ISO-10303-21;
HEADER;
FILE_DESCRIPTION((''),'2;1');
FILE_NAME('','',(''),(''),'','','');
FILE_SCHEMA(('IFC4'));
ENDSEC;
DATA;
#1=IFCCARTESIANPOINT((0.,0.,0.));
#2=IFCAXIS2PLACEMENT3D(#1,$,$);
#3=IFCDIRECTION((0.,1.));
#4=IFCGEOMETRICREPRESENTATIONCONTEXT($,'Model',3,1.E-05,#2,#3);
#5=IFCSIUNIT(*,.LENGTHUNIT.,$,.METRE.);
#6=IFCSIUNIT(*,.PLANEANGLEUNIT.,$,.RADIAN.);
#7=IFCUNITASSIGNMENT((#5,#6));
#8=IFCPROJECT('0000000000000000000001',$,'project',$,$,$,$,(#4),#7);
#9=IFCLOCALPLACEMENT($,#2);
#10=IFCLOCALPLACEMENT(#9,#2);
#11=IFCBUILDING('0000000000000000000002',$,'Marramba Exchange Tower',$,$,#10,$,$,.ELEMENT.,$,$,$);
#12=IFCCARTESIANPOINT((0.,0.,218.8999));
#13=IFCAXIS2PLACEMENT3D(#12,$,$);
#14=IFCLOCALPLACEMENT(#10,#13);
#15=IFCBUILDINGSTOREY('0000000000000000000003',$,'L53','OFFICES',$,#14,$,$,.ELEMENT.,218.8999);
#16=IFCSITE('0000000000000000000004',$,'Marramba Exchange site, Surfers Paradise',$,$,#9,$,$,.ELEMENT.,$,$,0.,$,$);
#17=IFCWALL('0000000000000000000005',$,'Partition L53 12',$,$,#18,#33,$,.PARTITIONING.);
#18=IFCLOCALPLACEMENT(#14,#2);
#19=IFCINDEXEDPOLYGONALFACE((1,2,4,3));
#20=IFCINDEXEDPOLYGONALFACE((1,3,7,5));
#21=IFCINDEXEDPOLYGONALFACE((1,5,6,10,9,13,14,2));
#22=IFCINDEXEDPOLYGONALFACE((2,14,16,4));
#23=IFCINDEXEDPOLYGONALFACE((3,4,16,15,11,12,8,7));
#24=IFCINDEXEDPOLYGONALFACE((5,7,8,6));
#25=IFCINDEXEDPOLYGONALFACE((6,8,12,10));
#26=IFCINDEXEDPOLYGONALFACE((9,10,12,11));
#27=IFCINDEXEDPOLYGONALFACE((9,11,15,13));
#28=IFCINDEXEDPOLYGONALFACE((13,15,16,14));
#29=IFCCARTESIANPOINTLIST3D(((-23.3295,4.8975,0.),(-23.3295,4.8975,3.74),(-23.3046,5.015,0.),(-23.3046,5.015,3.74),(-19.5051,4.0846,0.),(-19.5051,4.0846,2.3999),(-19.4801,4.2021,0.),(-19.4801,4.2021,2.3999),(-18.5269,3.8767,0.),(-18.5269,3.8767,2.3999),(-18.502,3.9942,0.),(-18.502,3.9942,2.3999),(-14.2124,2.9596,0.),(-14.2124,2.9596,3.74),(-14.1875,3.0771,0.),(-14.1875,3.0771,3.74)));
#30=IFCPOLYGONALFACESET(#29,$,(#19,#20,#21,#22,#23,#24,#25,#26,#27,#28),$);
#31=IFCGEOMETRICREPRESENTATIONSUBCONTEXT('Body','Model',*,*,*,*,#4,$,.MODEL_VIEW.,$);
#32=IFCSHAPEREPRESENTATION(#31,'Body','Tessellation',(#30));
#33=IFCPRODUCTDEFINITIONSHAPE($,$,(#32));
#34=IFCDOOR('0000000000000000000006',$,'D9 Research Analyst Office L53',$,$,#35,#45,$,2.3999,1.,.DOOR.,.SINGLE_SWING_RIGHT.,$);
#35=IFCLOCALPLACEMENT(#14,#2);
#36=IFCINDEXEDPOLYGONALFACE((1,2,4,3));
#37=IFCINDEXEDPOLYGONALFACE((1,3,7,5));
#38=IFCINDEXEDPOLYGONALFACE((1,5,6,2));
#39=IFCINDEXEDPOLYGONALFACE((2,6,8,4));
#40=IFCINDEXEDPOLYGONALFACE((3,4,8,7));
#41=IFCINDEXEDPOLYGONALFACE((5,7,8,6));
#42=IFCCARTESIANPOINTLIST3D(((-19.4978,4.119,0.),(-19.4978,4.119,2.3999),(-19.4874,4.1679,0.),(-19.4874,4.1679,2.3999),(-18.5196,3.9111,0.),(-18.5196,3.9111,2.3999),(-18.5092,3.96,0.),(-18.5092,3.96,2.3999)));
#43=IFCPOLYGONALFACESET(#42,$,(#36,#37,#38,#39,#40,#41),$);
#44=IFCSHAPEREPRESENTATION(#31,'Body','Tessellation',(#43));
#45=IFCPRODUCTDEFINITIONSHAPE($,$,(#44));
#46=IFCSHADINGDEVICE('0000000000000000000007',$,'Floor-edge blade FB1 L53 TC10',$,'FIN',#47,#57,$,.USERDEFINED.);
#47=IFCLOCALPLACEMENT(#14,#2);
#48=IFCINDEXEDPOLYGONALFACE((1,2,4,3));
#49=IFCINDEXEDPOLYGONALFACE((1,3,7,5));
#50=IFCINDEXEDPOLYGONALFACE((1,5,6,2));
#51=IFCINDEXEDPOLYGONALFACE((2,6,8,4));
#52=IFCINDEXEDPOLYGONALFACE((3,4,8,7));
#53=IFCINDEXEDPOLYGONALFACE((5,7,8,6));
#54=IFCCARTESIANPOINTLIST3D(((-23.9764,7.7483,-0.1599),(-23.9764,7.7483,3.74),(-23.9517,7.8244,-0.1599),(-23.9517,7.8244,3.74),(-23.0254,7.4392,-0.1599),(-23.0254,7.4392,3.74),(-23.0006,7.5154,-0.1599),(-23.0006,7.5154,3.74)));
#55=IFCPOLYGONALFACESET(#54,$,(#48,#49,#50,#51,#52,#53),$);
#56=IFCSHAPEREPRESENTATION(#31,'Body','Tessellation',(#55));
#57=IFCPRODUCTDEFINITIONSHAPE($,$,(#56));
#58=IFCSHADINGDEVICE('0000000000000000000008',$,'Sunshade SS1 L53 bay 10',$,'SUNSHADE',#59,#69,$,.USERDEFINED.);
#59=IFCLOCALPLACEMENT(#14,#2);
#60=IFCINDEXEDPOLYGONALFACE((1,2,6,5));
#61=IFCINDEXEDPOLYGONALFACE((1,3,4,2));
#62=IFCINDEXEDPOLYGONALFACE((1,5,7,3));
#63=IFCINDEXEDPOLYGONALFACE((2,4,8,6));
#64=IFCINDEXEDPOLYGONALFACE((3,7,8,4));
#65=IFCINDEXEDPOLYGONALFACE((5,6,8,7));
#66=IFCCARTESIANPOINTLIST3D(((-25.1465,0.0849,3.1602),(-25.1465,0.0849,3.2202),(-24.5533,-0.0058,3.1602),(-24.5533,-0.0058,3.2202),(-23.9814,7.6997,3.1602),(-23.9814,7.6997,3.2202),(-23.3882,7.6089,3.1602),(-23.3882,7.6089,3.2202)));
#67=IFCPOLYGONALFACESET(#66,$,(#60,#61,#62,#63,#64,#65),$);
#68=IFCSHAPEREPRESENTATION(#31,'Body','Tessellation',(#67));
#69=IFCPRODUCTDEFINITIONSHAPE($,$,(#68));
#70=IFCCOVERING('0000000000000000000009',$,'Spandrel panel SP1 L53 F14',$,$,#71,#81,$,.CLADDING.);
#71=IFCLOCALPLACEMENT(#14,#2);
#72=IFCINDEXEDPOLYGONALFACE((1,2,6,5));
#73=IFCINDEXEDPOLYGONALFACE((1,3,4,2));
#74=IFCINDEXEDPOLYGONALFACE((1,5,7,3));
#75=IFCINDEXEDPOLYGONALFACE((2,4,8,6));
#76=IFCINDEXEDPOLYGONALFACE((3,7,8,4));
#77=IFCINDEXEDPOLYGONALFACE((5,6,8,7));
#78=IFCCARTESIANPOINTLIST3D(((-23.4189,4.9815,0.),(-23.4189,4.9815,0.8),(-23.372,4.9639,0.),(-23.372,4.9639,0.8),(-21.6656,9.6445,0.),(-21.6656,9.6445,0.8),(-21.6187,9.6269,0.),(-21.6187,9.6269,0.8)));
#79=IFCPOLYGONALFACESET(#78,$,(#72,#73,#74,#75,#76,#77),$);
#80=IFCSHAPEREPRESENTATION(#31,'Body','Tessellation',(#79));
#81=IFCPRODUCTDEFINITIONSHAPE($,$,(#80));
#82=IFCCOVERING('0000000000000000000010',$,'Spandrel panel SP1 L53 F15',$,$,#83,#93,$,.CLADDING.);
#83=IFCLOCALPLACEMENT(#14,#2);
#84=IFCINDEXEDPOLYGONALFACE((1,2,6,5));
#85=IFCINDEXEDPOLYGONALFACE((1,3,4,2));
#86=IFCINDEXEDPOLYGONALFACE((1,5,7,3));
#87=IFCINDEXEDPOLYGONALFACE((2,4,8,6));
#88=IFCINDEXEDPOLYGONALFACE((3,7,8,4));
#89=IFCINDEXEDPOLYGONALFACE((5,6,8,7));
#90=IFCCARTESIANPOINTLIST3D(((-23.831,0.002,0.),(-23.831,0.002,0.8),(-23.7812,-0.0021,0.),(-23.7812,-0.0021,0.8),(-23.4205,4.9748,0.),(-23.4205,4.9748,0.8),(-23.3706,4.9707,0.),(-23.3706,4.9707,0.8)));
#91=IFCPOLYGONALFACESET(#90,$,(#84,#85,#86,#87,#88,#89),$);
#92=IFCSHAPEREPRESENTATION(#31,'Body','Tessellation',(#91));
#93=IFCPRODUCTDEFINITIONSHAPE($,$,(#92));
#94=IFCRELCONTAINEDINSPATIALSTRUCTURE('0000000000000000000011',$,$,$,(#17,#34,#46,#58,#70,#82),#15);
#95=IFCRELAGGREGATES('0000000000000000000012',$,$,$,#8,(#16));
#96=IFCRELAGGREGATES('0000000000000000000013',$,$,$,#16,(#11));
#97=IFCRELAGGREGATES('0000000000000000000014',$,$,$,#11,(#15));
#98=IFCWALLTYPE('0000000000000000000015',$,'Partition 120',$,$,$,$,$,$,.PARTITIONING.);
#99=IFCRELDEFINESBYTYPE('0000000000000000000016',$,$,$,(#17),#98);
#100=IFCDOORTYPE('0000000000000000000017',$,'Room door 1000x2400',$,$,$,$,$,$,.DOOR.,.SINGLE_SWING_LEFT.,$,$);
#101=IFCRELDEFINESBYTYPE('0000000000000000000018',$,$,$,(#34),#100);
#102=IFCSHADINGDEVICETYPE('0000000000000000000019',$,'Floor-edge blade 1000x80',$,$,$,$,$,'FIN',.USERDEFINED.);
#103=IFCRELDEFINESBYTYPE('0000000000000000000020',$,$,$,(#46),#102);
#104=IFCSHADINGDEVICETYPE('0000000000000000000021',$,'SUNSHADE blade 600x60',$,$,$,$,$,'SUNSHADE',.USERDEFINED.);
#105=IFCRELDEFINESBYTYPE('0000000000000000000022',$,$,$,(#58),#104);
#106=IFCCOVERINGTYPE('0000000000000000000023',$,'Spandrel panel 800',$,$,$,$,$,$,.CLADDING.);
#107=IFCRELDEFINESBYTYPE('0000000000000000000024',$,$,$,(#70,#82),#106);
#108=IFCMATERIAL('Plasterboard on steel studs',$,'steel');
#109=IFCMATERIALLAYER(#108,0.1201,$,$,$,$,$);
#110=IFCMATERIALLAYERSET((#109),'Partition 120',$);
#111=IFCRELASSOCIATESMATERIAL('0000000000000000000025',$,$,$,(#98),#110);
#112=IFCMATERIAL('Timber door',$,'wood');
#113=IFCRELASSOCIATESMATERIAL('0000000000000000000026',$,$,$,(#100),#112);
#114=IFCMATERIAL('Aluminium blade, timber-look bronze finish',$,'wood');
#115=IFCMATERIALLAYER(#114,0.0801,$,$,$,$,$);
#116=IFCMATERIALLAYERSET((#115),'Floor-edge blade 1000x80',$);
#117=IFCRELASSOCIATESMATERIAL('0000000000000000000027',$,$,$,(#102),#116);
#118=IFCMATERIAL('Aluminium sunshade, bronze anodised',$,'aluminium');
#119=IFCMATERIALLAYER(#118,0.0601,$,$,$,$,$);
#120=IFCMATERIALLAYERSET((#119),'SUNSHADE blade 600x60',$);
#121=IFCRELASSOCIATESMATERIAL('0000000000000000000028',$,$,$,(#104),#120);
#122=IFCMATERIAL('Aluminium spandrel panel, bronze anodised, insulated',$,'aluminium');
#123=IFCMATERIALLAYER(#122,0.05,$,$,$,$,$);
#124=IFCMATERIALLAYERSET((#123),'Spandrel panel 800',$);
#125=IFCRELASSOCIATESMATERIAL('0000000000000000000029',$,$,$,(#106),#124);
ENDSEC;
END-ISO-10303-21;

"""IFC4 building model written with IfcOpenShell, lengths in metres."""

from ifc_helpers import new_model, si_unit, direction, frame, frame_2d, origin, origin_2d, place, context, subcontext, project, spatial, rectangle, extrude, material, layer, layer_set, type_object, element, fill, save


model = new_model("IFC4")

# Units and contexts
model_context = context("Model", 3, precision=1e-05, world=origin(), true_north=direction((0.0, 1.0)))
body_context = subcontext(model_context, "Body", "Model", "MODEL_VIEW")
ifc_project = project(units=[si_unit("LENGTHUNIT", "METRE"), si_unit("PLANEANGLEUNIT", "RADIAN")], contexts=[model_context])

# Site, building, storey
site_placement = place(None, origin())
site = spatial("IfcSite", under=ifc_project, at=site_placement, Name="Marramba Exchange site, Surfers Paradise", CompositionType="ELEMENT", RefElevation=0.0)
building_placement = place(site_placement, origin())
building = spatial("IfcBuilding", under=site, at=building_placement, Name="Marramba Exchange Tower", CompositionType="ELEMENT")
storey_placement = place(building_placement, frame((0.0, 0.0, 218.8999)))
storey = spatial("IfcBuildingStorey", under=building, at=storey_placement, Name="L53", Description="OFFICES", CompositionType="ELEMENT", Elevation=218.8999)

# Wall, opening, door
ifc_material_1 = material(Name="Plasterboard on steel studs", Category="steel")
ifc_layer_1 = layer(ifc_material_1, 0.1201)
ifc_layer_set_1 = layer_set([ifc_layer_1], Name="Partition 120")
wall_type_1 = type_object("IfcWallType", Name="Partition 120", PredefinedType="PARTITIONING", material=ifc_layer_set_1)
wall_1_placement = place(storey_placement, frame((-14.2, 3.0183, 0.0), z_axis=(0.0, 0.0, 1.0), x_axis=(-0.978146, 0.207919, 0.0)))
wall_1 = element("IfcWall", 1, at=wall_1_placement, inside=storey, type_object=wall_type_1, Name="Partition L53 12", PredefinedType="PARTITIONING", context=body_context, shape_type="SweptSolid", body=[
    extrude(rectangle(XDim=9.3208, YDim=0.1201, at=frame_2d((4.6604, 0.0))), origin(), (0.0, 0.0, 1.0), 3.74),
])
opening_1_placement = place(wall_1_placement, frame((4.4109, 0.0, 0.0)))
opening_1 = element("IfcOpeningElement", 2, at=opening_1_placement, cuts=wall_1, PredefinedType="OPENING", context=body_context, shape_type="SweptSolid", body=[
    extrude(rectangle(XDim=1.0, YDim=2.3999, at=frame_2d((0.5, 1.2))), frame((0.0, 0.0701, 0.0), z_axis=(0.0, -1.0, 0.0), x_axis=(1.0, 0.0, 0.0)), (0.0, 0.0, 1.0), 0.1401),
])
ifc_material_2 = material(Name="Timber door", Category="wood")
door_type_1 = type_object("IfcDoorType", Name="Room door 1000x2400", OperationType="SINGLE_SWING_LEFT", PredefinedType="DOOR", material=ifc_material_2)
door_1_placement = place(opening_1_placement, origin())
door_1 = element("IfcDoor", 3, at=door_1_placement, inside=storey, type_object=door_type_1, Name="D9 Research Analyst Office L53", OperationType="SINGLE_SWING_RIGHT", OverallHeight=2.3999, OverallWidth=1.0, PredefinedType="DOOR", context=body_context, shape_type="SweptSolid", body=[
    extrude(rectangle(XDim=1.0, YDim=2.3999, at=frame_2d((0.5, 1.2))), frame((0.0, 0.0249, 0.0), z_axis=(0.0, -1.0, 0.0), x_axis=(1.0, 0.0, 0.0)), (0.0, 0.0, 1.0), 0.05),
])
fill(opening_1, door_1)

# Shading devices
ifc_material_3 = material(Name="Aluminium blade, timber-look bronze finish", Category="wood")
ifc_layer_2 = layer(ifc_material_3, 0.0801)
ifc_layer_set_2 = layer_set([ifc_layer_2], Name="Floor-edge blade 1000x80")
shading_device_type_1 = type_object("IfcShadingDeviceType", Name="Floor-edge blade 1000x80", ElementType="FIN", PredefinedType="USERDEFINED", material=ifc_layer_set_2)
shading_device_1_placement = place(storey_placement, frame((-23.4885, 7.6318, -0.1599), z_axis=(0.0, 0.0, 1.0), x_axis=(-0.951057, 0.309017, 0.0)))
element("IfcShadingDevice", 4, at=shading_device_1_placement, inside=storey, type_object=shading_device_type_1, Name="Floor-edge blade FB1 L53 TC10", ObjectType="FIN", PredefinedType="USERDEFINED", context=body_context, shape_type="SweptSolid", body=[
    extrude(rectangle(XDim=1.0, YDim=0.0801, at=origin_2d()), origin(), (0.0, 0.0, 1.0), 3.8999),
])
ifc_material_4 = material(Name="Aluminium sunshade, bronze anodised", Category="aluminium")
ifc_layer_3 = layer(ifc_material_4, 0.0601)
ifc_layer_set_3 = layer_set([ifc_layer_3], Name="SUNSHADE blade 600x60")
shading_device_type_2 = type_object("IfcShadingDeviceType", Name="SUNSHADE blade 600x60", ElementType="SUNSHADE", PredefinedType="USERDEFINED", material=ifc_layer_set_3)
shading_device_2_placement = place(storey_placement, frame((-24.2673, 3.8469, 3.1602), z_axis=(0.0, 0.0, 1.0), x_axis=(-0.151241, -0.988497, 0.0)))
element("IfcShadingDevice", 5, at=shading_device_2_placement, inside=storey, type_object=shading_device_type_2, Name="Sunshade SS1 L53 bay 10", ObjectType="SUNSHADE", PredefinedType="USERDEFINED", context=body_context, shape_type="SweptSolid", body=[
    extrude(rectangle(XDim=7.7034, YDim=0.6001, at=origin_2d()), origin(), (0.0, 0.0, 1.0), 0.0601),
])

# Coverings
ifc_material_5 = material(Name="Aluminium spandrel panel, bronze anodised, insulated", Category="aluminium")
ifc_layer_4 = layer(ifc_material_5, 0.05)
ifc_layer_set_4 = layer_set([ifc_layer_4], Name="Spandrel panel 800")
covering_type = type_object("IfcCoveringType", Name="Spandrel panel 800", PredefinedType="CLADDING", material=ifc_layer_set_4)
covering_1_placement = place(storey_placement, frame((-22.5188, 7.3042, 0.0), z_axis=(0.0, 0.0, 1.0), x_axis=(-0.351952, -0.936018, 0.0)))
element("IfcCovering", 6, at=covering_1_placement, inside=storey, type_object=covering_type, Name="Spandrel panel SP1 L53 F14", PredefinedType="CLADDING", context=body_context, shape_type="SweptSolid", body=[
    extrude(rectangle(XDim=4.9817, YDim=0.05, at=origin_2d()), origin(), (0.0, 0.0, 1.0), 0.8),
])
covering_2_placement = place(storey_placement, frame((-23.6008, 2.4863, 0.0), z_axis=(0.0, 0.0, 1.0), x_axis=(-0.082281, -0.996609, 0.0)))
element("IfcCovering", 7, at=covering_2_placement, inside=storey, type_object=covering_type, Name="Spandrel panel SP1 L53 F15", PredefinedType="CLADDING", context=body_context, shape_type="SweptSolid", body=[
    extrude(rectangle(XDim=4.9897, YDim=0.05, at=origin_2d()), origin(), (0.0, 0.0, 1.0), 0.8),
])

save(model, "model.ifc")
